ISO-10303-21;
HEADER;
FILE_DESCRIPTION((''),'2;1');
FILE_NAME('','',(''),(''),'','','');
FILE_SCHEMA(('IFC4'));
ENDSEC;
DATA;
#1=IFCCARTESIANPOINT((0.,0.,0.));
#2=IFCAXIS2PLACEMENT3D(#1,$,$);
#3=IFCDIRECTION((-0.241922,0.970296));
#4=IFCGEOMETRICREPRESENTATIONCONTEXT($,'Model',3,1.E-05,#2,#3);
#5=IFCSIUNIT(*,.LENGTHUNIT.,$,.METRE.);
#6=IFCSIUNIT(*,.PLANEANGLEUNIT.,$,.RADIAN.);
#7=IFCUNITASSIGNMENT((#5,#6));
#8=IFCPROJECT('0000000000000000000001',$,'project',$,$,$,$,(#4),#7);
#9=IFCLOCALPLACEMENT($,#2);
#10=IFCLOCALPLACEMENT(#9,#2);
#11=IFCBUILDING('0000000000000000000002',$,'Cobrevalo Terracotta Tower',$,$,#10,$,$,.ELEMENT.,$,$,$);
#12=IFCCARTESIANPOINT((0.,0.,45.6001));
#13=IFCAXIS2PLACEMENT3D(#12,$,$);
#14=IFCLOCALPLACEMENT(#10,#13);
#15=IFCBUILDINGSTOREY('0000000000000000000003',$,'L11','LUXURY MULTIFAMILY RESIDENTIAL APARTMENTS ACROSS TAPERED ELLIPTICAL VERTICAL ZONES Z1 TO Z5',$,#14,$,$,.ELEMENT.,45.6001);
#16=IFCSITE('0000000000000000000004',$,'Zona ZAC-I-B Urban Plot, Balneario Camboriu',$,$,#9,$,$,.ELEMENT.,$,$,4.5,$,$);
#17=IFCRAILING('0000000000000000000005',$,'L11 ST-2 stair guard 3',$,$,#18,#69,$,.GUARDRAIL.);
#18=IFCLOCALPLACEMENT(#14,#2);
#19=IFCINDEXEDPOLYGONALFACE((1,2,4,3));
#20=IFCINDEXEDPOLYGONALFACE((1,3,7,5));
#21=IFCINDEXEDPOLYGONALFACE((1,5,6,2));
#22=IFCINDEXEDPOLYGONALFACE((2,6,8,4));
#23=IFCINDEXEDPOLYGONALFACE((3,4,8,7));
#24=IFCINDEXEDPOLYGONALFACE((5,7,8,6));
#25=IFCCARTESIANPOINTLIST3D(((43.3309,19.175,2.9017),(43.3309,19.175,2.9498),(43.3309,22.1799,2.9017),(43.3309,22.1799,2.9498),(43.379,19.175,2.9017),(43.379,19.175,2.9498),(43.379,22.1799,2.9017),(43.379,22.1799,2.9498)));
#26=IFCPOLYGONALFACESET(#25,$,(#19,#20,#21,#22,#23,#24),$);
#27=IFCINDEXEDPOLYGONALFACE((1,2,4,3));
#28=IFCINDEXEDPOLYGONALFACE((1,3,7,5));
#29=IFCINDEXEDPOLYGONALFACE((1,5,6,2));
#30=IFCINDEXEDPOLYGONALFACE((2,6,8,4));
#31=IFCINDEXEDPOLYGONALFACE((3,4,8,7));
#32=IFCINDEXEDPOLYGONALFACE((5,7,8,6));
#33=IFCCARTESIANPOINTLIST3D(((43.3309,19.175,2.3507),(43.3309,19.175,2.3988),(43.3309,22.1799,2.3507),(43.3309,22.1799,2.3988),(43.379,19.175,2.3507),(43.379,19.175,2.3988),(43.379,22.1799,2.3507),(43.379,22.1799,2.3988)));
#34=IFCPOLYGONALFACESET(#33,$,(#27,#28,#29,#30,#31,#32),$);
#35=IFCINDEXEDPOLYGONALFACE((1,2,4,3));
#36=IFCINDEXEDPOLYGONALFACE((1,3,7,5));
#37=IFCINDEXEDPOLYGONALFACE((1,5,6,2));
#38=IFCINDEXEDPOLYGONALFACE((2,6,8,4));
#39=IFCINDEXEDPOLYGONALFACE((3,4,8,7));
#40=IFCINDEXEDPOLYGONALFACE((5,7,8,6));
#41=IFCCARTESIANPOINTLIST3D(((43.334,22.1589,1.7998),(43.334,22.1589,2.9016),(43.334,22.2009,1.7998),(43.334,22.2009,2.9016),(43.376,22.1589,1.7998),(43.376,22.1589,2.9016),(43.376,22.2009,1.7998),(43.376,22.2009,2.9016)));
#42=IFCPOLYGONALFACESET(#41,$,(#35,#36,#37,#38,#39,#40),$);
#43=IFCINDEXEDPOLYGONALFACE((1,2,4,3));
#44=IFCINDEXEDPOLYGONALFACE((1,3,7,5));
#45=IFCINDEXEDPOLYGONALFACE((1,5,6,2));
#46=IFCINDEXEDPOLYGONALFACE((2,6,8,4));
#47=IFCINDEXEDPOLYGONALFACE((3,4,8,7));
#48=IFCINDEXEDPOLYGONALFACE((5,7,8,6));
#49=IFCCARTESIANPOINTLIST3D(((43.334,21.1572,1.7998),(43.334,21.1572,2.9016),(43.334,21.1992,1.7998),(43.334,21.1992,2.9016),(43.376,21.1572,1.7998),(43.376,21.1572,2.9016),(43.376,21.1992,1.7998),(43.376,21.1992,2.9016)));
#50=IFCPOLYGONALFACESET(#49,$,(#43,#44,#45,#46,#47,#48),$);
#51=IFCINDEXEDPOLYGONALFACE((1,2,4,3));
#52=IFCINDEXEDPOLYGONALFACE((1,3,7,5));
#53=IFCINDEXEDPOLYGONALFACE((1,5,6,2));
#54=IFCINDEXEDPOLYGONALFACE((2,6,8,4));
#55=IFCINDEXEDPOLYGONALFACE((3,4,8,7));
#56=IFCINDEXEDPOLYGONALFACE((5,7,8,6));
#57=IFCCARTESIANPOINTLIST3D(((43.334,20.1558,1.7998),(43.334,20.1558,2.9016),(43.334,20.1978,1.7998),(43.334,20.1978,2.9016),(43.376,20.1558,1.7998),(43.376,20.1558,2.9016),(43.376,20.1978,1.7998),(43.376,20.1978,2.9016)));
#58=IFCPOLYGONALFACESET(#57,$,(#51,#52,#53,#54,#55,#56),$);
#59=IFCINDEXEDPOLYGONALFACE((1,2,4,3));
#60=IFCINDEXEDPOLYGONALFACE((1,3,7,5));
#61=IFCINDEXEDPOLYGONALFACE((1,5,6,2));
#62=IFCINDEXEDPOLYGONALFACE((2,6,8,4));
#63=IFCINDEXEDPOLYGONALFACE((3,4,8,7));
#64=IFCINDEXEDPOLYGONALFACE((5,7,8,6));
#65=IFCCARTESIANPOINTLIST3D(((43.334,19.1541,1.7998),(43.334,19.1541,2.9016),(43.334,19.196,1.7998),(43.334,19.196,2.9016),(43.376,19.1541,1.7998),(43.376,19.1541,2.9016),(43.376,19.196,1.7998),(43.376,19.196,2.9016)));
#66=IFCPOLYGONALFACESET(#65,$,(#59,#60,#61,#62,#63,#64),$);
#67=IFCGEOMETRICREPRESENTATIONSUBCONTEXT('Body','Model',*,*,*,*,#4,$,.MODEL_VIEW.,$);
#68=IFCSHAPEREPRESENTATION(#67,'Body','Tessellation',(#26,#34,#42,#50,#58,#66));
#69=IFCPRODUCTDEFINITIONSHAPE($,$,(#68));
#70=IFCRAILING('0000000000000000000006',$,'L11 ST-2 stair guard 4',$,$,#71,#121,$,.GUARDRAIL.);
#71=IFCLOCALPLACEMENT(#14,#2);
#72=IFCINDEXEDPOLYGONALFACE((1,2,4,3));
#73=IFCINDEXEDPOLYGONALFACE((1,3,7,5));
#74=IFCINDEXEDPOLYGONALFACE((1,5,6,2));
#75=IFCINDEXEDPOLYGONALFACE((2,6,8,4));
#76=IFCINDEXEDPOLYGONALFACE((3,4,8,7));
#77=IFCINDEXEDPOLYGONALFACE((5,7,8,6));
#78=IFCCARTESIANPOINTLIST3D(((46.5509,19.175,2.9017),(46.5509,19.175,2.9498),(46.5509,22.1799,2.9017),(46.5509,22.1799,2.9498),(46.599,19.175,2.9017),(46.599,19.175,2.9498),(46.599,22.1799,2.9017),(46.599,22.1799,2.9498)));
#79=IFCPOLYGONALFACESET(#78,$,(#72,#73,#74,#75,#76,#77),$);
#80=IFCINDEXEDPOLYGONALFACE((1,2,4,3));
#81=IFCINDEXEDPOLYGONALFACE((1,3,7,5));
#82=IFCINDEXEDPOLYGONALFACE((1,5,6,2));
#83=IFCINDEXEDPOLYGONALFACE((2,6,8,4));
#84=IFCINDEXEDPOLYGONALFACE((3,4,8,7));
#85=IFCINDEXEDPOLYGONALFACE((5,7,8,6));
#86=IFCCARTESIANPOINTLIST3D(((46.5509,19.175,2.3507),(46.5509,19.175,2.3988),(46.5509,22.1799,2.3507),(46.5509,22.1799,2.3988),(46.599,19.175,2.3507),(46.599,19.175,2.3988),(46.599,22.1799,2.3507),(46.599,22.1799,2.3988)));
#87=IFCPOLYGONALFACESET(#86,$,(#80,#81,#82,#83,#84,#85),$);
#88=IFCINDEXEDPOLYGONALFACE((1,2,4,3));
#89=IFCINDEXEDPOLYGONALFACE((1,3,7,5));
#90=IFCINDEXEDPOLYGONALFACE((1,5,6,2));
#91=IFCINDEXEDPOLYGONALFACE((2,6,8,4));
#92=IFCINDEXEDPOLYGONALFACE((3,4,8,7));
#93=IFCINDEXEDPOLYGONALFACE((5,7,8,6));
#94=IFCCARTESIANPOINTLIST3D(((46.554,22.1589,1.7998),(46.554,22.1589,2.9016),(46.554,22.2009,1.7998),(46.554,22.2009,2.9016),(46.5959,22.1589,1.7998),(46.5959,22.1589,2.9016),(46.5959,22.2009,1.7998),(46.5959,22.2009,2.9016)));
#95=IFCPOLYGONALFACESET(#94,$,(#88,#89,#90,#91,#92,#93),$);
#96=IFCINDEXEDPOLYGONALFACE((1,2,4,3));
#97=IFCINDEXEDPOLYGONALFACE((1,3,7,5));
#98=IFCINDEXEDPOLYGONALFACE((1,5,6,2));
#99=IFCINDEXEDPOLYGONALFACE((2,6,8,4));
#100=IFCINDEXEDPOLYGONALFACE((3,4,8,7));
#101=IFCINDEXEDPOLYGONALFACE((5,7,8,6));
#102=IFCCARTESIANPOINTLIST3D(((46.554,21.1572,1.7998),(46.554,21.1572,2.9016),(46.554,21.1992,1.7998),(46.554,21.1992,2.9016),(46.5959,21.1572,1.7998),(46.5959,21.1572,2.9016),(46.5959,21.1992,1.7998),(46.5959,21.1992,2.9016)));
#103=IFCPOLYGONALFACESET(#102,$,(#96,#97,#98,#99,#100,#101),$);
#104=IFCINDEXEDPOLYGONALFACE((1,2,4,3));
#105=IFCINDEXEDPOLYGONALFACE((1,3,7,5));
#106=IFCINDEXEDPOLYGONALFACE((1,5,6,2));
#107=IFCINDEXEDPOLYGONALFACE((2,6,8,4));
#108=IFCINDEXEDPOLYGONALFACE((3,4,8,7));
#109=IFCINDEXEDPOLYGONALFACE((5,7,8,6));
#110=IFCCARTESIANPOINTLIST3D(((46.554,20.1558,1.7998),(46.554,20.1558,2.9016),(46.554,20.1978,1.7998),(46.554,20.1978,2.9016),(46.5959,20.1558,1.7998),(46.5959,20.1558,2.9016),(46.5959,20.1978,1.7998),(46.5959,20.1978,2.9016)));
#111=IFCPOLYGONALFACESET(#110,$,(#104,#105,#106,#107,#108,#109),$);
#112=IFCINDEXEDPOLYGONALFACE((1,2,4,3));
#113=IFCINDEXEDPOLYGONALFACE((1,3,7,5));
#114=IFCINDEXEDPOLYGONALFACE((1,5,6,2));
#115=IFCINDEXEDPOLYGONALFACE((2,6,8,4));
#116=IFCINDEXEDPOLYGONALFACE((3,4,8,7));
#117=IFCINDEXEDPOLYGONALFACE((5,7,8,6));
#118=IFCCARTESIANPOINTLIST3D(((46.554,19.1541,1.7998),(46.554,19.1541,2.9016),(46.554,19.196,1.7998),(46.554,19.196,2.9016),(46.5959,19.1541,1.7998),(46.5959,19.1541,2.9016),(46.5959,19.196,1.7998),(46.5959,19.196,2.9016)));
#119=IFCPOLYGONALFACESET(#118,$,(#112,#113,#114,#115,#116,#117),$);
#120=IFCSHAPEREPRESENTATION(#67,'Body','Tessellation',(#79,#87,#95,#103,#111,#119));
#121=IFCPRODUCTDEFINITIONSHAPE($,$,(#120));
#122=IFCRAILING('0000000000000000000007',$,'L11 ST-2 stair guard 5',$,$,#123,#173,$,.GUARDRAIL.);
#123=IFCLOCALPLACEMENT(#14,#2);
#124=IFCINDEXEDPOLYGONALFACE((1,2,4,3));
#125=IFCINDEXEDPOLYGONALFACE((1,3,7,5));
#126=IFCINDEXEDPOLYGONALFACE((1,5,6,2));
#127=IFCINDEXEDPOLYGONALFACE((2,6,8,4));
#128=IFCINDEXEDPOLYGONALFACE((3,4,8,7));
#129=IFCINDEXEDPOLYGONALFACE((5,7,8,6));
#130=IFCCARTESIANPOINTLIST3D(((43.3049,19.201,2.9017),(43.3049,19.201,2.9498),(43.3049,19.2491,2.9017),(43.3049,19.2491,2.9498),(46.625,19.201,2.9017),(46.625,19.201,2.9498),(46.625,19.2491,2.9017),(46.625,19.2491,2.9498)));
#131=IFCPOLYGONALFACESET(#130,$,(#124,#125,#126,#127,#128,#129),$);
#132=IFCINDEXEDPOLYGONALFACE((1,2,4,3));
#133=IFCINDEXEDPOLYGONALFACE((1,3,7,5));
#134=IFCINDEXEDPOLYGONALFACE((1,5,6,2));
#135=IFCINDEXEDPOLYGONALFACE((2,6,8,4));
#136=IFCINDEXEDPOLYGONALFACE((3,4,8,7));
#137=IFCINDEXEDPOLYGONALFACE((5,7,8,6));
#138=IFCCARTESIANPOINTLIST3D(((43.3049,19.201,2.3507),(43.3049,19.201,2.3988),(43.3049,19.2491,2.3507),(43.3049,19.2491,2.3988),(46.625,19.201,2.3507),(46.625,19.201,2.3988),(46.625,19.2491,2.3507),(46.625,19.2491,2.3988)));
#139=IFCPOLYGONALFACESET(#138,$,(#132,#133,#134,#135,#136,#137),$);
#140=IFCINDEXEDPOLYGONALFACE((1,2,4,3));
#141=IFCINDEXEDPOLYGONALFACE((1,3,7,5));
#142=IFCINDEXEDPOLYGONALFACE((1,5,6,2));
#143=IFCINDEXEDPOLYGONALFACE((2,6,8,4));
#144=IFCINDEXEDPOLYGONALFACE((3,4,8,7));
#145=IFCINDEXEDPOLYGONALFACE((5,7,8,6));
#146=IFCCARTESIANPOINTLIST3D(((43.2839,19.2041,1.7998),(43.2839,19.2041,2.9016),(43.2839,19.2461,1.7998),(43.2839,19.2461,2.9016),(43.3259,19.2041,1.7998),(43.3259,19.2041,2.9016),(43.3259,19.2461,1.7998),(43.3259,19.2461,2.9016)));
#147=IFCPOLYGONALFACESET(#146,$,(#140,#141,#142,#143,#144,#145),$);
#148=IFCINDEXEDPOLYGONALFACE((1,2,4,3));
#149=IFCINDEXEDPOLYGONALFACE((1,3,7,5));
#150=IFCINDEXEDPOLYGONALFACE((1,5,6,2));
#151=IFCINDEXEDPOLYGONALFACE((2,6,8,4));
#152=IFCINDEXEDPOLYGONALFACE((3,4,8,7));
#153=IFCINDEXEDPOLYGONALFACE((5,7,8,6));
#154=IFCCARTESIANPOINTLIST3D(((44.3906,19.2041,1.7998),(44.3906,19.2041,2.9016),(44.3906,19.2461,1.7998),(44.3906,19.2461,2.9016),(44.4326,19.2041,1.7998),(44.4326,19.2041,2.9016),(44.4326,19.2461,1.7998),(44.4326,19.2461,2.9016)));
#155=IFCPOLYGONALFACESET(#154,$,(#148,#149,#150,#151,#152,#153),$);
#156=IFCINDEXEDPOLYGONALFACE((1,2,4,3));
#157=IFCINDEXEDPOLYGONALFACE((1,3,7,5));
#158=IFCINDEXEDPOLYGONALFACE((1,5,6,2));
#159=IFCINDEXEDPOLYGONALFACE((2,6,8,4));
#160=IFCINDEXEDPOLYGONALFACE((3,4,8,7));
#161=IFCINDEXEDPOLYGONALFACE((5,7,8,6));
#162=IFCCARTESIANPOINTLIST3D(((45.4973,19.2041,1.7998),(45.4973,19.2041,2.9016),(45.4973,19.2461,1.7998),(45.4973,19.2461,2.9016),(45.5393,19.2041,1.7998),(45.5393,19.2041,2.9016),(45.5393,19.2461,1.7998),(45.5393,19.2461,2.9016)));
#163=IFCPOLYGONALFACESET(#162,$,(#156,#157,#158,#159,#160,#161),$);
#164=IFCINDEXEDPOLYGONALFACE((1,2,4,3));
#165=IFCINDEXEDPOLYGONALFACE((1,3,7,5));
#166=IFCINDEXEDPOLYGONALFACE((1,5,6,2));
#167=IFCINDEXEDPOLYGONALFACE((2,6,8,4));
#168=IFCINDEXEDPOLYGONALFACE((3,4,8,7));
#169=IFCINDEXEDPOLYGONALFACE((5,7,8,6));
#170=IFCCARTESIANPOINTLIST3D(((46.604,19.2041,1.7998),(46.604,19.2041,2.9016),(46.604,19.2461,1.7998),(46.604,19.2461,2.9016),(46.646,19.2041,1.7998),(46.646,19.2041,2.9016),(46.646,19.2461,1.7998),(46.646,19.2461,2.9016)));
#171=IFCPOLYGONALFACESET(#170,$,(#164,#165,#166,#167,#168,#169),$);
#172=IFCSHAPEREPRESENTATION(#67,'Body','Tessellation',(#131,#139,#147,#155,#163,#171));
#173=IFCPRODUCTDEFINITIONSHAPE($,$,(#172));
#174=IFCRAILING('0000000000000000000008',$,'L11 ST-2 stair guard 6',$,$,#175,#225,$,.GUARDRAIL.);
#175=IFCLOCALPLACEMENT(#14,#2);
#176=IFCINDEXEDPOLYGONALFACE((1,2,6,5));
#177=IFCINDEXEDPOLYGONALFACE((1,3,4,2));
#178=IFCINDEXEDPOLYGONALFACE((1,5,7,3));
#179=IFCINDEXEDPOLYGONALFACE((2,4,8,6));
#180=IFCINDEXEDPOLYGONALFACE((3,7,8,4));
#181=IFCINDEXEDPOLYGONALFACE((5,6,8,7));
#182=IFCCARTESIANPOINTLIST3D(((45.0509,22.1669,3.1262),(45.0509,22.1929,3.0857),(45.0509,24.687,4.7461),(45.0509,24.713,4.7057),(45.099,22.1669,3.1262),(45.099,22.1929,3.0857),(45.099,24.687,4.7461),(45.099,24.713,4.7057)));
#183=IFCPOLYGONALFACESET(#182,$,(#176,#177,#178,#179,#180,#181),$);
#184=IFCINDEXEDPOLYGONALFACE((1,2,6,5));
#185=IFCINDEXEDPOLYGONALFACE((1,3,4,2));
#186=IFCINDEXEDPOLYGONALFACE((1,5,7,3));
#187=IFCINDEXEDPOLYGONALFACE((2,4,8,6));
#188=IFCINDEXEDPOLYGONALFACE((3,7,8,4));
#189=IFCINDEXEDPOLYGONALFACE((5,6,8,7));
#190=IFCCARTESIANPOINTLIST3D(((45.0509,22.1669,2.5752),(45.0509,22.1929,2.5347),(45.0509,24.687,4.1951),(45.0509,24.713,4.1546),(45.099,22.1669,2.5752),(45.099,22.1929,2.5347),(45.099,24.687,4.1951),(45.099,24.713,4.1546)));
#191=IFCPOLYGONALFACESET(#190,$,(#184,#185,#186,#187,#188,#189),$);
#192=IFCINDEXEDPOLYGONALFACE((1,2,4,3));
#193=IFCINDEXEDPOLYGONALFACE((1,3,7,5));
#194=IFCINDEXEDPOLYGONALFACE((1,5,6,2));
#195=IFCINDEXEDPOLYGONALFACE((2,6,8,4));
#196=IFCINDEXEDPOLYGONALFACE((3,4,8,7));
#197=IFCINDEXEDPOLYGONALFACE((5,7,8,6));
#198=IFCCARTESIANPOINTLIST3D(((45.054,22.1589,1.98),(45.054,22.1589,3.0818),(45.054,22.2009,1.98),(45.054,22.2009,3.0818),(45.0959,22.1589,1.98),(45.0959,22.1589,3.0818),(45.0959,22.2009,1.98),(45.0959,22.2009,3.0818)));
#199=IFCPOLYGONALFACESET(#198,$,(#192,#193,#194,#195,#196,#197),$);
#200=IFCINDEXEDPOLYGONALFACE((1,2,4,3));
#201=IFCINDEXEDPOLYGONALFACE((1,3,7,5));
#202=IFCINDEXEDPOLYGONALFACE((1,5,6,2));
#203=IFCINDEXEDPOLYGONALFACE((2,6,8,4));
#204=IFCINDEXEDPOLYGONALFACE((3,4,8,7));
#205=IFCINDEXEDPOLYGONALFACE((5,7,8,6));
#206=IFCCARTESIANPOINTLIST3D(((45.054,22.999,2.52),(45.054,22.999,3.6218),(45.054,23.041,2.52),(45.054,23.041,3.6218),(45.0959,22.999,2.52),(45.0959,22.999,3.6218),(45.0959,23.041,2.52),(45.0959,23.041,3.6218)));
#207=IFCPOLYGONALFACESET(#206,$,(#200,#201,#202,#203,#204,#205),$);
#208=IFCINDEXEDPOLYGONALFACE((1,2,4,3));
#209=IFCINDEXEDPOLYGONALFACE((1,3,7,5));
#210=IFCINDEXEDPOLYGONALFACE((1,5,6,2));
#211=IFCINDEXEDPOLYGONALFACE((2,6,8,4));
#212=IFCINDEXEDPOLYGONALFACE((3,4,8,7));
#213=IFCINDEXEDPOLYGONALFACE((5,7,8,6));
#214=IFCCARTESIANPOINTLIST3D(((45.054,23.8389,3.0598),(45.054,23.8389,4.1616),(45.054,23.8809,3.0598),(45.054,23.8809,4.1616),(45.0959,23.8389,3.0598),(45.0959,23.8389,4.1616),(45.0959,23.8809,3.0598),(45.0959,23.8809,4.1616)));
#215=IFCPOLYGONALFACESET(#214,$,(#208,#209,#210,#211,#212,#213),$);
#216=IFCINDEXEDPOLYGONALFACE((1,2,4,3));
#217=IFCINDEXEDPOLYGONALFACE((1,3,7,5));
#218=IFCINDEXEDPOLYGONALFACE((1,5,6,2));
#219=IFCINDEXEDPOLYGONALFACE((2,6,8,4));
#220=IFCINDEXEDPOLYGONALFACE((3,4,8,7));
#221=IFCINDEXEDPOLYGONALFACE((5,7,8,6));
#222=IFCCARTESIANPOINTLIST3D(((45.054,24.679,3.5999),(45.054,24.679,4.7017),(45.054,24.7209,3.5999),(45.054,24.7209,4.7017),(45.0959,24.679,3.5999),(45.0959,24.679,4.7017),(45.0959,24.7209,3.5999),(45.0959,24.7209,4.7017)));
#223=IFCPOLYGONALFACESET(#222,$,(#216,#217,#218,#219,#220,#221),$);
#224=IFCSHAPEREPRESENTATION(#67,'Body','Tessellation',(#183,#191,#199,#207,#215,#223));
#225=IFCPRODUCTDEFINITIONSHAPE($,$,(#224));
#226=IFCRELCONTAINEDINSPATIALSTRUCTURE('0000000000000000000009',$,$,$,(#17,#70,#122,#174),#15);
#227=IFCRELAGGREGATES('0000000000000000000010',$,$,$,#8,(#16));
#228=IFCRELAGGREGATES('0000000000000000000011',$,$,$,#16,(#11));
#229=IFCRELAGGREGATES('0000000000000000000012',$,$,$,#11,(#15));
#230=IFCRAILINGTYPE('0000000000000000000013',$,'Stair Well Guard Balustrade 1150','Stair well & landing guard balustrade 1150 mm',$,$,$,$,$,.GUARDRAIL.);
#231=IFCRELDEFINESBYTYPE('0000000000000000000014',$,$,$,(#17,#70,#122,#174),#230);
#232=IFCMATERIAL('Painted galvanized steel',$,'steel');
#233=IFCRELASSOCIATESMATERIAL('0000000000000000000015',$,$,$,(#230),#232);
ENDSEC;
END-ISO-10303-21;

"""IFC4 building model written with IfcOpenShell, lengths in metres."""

from ifc_helpers import new_model, si_unit, direction, frame, origin, origin_2d, place, context, subcontext, project, spatial, rectangle, extrude, material, type_object, element, save


model = new_model("IFC4")

# Units and contexts
model_context = context("Model", 3, precision=1e-05, world=origin(), true_north=direction((-0.241922, 0.970296)))
body_context = subcontext(model_context, "Body", "Model", "MODEL_VIEW")
ifc_project = project(units=[si_unit("LENGTHUNIT", "METRE"), si_unit("PLANEANGLEUNIT", "RADIAN")], contexts=[model_context])

# Site, building, storey
site_placement = place(None, origin())
site = spatial("IfcSite", under=ifc_project, at=site_placement, Name="Zona ZAC-I-B Urban Plot, Balneario Camboriu", CompositionType="ELEMENT", RefElevation=4.5)
building_placement = place(site_placement, origin())
building = spatial("IfcBuilding", under=site, at=building_placement, Name="Cobrevalo Terracotta Tower", CompositionType="ELEMENT")
storey_placement = place(building_placement, frame((0.0, 0.0, 45.6001)))
storey = spatial("IfcBuildingStorey", under=building, at=storey_placement, Name="L11", Description="LUXURY MULTIFAMILY RESIDENTIAL APARTMENTS ACROSS TAPERED ELLIPTICAL VERTICAL ZONES Z1 TO Z5", CompositionType="ELEMENT", Elevation=45.6001)

# Railings
ifc_material_1 = material(Name="Painted galvanized steel", Category="steel")
railing_type_1 = type_object("IfcRailingType", Name="Stair Well Guard Balustrade 1150", Description="Stair well & landing guard balustrade 1150 mm", PredefinedType="GUARDRAIL", material=ifc_material_1)
for number, where, name in (
    (1, (43.355, 22.1799, 1.7998), "L11 ST-2 stair guard 3"),
    (2, (46.575, 22.1799, 1.7998), "L11 ST-2 stair guard 4"),
):
    element("IfcRailing", number, at=place(storey_placement, frame(where)), inside=storey, type_object=railing_type_1, Name=name, PredefinedType="GUARDRAIL", context=body_context, shape_type="SweptSolid", body=[
        extrude(rectangle(XDim=0.0481, YDim=0.0481, at=origin_2d()), frame((0.0, 0.0, 1.126), z_axis=(0.0, -1.0, 0.0), x_axis=(1.0, 0.0, 0.0)), (0.0, 0.0, 1.0), 3.0049),
        extrude(rectangle(XDim=0.0481, YDim=0.0481, at=origin_2d()), frame((0.0, 0.0, 0.575), z_axis=(0.0, -1.0, 0.0), x_axis=(1.0, 0.0, 0.0)), (0.0, 0.0, 1.0), 3.0049),
        extrude(rectangle(XDim=0.042, YDim=0.042, at=origin_2d()), origin(), (0.0, 0.0, 1.0), 1.1018),
        extrude(rectangle(XDim=0.042, YDim=0.042, at=origin_2d()), frame((0.0, -1.0017, 0.0)), (0.0, 0.0, 1.0), 1.1018),
        extrude(rectangle(XDim=0.042, YDim=0.042, at=origin_2d()), frame((0.0, -2.0032, 0.0)), (0.0, 0.0, 1.0), 1.1018),
        extrude(rectangle(XDim=0.042, YDim=0.042, at=origin_2d()), frame((0.0, -3.0049, 0.0)), (0.0, 0.0, 1.0), 1.1018),
    ])
railing_1_placement = place(storey_placement, frame((43.3049, 19.2251, 1.7998)))
element("IfcRailing", 3, at=railing_1_placement, inside=storey, type_object=railing_type_1, Name="L11 ST-2 stair guard 5", PredefinedType="GUARDRAIL", context=body_context, shape_type="SweptSolid", body=[
    extrude(rectangle(XDim=0.0481, YDim=0.0481, at=origin_2d()), frame((0.0, 0.0, 1.126), z_axis=(1.0, 0.0, 0.0), x_axis=(0.0, 1.0, 0.0)), (0.0, 0.0, 1.0), 3.3201),
    extrude(rectangle(XDim=0.0481, YDim=0.0481, at=origin_2d()), frame((0.0, 0.0, 0.575), z_axis=(1.0, 0.0, 0.0), x_axis=(0.0, 1.0, 0.0)), (0.0, 0.0, 1.0), 3.3201),
    extrude(rectangle(XDim=0.042, YDim=0.042, at=origin_2d()), origin(), (0.0, 0.0, 1.0), 1.1018),
    extrude(rectangle(XDim=0.042, YDim=0.042, at=origin_2d()), frame((1.1067, 0.0, 0.0)), (0.0, 0.0, 1.0), 1.1018),
    extrude(rectangle(XDim=0.042, YDim=0.042, at=origin_2d()), frame((2.2134, 0.0, 0.0)), (0.0, 0.0, 1.0), 1.1018),
    extrude(rectangle(XDim=0.042, YDim=0.042, at=origin_2d()), frame((3.3201, 0.0, 0.0)), (0.0, 0.0, 1.0), 1.1018),
])
railing_2_placement = place(storey_placement, frame((45.075, 22.1799, 1.98)))
element("IfcRailing", 4, at=railing_2_placement, inside=storey, type_object=railing_type_1, Name="L11 ST-2 stair guard 6", PredefinedType="GUARDRAIL", context=body_context, shape_type="SweptSolid", body=[
    extrude(rectangle(XDim=0.0481, YDim=0.0481, at=origin_2d()), frame((0.0, 0.0, 1.126), z_axis=(0.0, 0.8412, 0.540725), x_axis=(-1.0, 0.0, 0.0)), (0.0, 0.0, 1.0), 2.9958),
    extrude(rectangle(XDim=0.0481, YDim=0.0481, at=origin_2d()), frame((0.0, 0.0, 0.575), z_axis=(0.0, 0.8412, 0.540725), x_axis=(-1.0, 0.0, 0.0)), (0.0, 0.0, 1.0), 2.9958),
    extrude(rectangle(XDim=0.042, YDim=0.042, at=origin_2d()), origin(), (0.0, 0.0, 1.0), 1.1018),
    extrude(rectangle(XDim=0.042, YDim=0.042, at=origin_2d()), frame((0.0, 0.8401, 0.54)), (0.0, 0.0, 1.0), 1.1018),
    extrude(rectangle(XDim=0.042, YDim=0.042, at=origin_2d()), frame((0.0, 1.6799, 1.0798)), (0.0, 0.0, 1.0), 1.1018),
    extrude(rectangle(XDim=0.042, YDim=0.042, at=origin_2d()), frame((0.0, 2.52, 1.6199)), (0.0, 0.0, 1.0), 1.1018),
])

save(model, "model.ifc")
